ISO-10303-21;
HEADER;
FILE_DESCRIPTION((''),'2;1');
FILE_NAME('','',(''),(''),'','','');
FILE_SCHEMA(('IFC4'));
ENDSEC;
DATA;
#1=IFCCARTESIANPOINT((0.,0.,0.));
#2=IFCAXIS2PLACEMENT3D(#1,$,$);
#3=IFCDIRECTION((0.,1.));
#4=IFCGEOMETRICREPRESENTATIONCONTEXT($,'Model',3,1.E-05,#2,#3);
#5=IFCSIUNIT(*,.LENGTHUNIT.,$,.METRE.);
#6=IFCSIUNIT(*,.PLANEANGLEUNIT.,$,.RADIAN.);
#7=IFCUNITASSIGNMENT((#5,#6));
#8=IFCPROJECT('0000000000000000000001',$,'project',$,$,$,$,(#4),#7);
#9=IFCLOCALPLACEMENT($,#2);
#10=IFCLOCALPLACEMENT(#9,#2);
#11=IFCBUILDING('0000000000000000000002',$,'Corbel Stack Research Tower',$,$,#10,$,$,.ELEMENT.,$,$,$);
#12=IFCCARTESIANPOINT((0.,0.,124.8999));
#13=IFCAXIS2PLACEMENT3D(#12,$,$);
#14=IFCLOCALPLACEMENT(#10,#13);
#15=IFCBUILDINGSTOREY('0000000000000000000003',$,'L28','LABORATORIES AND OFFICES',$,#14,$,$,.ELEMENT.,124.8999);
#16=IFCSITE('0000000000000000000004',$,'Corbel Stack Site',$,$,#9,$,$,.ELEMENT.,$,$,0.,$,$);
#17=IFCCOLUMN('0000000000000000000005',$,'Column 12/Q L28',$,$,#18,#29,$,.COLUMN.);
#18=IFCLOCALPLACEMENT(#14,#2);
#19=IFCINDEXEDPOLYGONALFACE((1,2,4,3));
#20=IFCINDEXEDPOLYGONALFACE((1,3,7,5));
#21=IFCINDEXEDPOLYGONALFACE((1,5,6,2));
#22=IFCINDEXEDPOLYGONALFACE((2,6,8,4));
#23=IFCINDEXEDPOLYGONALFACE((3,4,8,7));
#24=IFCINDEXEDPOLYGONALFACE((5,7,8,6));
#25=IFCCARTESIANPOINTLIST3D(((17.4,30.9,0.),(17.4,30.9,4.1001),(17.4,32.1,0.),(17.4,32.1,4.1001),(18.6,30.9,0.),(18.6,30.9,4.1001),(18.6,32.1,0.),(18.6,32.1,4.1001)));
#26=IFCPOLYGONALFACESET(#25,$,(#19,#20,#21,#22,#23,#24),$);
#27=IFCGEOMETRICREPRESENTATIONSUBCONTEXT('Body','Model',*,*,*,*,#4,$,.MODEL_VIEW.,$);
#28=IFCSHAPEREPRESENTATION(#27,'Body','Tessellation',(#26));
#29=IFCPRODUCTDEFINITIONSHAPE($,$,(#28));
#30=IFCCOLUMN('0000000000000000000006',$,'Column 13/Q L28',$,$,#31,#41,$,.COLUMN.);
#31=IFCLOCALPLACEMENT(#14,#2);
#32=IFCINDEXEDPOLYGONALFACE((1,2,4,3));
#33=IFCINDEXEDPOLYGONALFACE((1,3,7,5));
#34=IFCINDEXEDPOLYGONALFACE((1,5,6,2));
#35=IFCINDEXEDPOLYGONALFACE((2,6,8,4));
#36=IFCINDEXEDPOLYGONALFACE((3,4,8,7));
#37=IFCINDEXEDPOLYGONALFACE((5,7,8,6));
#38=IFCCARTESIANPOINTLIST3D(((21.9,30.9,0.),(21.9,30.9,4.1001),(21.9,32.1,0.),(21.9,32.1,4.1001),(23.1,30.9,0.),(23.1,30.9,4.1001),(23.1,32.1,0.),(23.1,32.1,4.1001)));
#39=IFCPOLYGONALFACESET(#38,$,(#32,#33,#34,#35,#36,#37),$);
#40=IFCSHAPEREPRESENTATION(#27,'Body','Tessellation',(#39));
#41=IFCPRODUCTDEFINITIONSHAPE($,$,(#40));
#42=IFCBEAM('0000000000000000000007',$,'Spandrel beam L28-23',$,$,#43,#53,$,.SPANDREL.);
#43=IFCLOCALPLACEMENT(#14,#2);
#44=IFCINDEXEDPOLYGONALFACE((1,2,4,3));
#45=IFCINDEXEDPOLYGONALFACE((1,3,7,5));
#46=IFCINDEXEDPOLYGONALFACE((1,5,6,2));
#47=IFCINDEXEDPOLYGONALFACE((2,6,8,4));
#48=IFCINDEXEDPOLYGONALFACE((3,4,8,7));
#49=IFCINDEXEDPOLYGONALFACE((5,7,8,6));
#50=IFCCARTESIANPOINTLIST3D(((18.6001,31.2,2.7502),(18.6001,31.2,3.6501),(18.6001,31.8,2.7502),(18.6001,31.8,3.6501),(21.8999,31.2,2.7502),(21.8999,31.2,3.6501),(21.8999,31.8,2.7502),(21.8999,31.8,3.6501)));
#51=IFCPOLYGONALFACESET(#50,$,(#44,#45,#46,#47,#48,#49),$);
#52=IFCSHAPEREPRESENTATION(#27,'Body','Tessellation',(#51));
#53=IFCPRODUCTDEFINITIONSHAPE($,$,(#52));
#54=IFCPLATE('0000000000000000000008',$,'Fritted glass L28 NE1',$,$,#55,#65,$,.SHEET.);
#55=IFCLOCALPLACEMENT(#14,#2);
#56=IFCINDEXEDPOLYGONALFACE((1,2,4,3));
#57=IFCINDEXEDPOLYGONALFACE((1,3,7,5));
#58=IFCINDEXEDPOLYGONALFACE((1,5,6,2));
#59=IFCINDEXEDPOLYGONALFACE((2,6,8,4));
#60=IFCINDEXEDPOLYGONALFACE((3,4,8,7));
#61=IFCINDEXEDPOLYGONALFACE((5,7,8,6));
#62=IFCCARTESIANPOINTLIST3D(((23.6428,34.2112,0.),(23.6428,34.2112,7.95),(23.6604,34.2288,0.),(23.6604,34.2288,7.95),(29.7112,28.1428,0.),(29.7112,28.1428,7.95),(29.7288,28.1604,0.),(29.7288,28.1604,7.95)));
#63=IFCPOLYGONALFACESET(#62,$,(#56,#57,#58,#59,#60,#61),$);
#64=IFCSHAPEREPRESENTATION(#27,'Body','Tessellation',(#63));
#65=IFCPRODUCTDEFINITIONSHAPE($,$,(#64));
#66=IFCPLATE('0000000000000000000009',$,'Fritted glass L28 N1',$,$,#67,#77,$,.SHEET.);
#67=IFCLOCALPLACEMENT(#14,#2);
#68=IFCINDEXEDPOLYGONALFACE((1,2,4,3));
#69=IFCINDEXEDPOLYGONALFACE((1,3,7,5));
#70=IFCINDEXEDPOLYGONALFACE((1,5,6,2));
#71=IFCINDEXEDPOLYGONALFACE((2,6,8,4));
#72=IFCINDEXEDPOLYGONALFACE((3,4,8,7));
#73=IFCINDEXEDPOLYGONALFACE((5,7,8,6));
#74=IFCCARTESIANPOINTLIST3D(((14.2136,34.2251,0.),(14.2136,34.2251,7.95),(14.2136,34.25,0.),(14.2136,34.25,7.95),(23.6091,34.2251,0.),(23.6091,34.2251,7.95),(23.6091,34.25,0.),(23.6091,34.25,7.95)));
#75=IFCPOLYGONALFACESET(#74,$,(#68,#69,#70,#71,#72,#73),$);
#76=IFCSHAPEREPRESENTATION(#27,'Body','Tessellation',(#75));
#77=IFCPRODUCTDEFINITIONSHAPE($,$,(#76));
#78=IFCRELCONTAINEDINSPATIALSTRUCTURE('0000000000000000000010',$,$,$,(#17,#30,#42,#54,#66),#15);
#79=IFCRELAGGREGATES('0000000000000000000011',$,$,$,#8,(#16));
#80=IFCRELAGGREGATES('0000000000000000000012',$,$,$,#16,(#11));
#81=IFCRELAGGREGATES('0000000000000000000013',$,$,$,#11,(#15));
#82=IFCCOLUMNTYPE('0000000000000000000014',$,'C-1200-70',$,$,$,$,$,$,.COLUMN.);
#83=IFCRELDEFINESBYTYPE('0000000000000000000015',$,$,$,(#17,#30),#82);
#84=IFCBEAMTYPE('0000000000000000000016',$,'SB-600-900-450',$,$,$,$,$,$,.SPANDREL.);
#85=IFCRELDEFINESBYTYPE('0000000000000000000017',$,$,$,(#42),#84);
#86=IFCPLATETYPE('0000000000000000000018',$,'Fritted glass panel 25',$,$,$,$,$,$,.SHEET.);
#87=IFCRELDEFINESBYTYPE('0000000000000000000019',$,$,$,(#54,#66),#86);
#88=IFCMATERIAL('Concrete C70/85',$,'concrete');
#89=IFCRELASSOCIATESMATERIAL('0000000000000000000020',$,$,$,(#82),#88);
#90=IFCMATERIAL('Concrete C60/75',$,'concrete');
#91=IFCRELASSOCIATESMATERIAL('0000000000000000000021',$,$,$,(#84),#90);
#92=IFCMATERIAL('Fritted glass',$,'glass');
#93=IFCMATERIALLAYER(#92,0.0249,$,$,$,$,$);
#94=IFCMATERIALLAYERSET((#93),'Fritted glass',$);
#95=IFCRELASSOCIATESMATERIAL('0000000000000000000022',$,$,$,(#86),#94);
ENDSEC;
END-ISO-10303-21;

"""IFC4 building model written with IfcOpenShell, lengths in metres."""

from ifc_helpers import new_model, si_unit, direction, frame, origin, origin_2d, place, context, subcontext, project, spatial, rectangle, extrude, material, layer, layer_set, material_profile, profile_set, type_object, element, save


model = new_model("IFC4")

# Units and contexts
model_context = context("Model", 3, precision=1e-05, world=origin(), true_north=direction((0.0, 1.0)))
body_context = subcontext(model_context, "Body", "Model", "MODEL_VIEW")
ifc_project = project(units=[si_unit("LENGTHUNIT", "METRE"), si_unit("PLANEANGLEUNIT", "RADIAN")], contexts=[model_context])

# Site, building, storey
site_placement = place(None, origin())
site = spatial("IfcSite", under=ifc_project, at=site_placement, Name="Corbel Stack Site", CompositionType="ELEMENT", RefElevation=0.0)
building_placement = place(site_placement, origin())
building = spatial("IfcBuilding", under=site, at=building_placement, Name="Corbel Stack Research Tower", CompositionType="ELEMENT")
storey_placement = place(building_placement, frame((0.0, 0.0, 124.8999)))
storey = spatial("IfcBuildingStorey", under=building, at=storey_placement, Name="L28", Description="LABORATORIES AND OFFICES", CompositionType="ELEMENT", Elevation=124.8999)

# Columns
ifc_material_1 = material(Name="Concrete C70/85", Category="concrete")
ifc_material_profile_1 = material_profile(ifc_material_1, rectangle(XDim=1.2, YDim=1.2, at=origin_2d()), Name="RC 1200 x 1200")
ifc_profile_set_1 = profile_set([ifc_material_profile_1], Name="Concrete C70/85")
column_type = type_object("IfcColumnType", Name="C-1200-70", PredefinedType="COLUMN", material=ifc_profile_set_1)
for number, where, z_axis, x_axis, name in (
    (1, (18.0, 31.5, 0.0), (0.0, 0.0, 1.0), (1.0, 0.0, 0.0), "Column 12/Q L28"),
    (2, (22.5, 31.5, 0.0), (0.0, 0.0, 1.0), (1.0, 0.0, 0.0), "Column 13/Q L28"),
):
    element("IfcColumn", number, at=place(storey_placement, frame(where, z_axis=z_axis, x_axis=x_axis)), inside=storey, type_object=column_type, Name=name, PredefinedType="COLUMN", context=body_context, shape_type="SweptSolid", body=[
        extrude(rectangle(XDim=1.2, YDim=1.2, at=origin_2d()), origin(), (0.0, 0.0, 1.0), 4.1001),
    ])

# Beam
ifc_material_2 = material(Name="Concrete C60/75", Category="concrete")
ifc_material_profile_2 = material_profile(ifc_material_2, rectangle(XDim=0.6001, YDim=0.8999, at=origin_2d()), Name="RC 600 x 900")
ifc_profile_set_2 = profile_set([ifc_material_profile_2], Name="Concrete C60/75")
beam_type = type_object("IfcBeamType", Name="SB-600-900-450", PredefinedType="SPANDREL", material=ifc_profile_set_2)
beam_placement = place(storey_placement, frame((21.8999, 31.5, 3.2002), z_axis=(-1.0, 0.0, 0.0), x_axis=(0.0, -1.0, 0.0)))
element("IfcBeam", 3, at=beam_placement, inside=storey, type_object=beam_type, Name="Spandrel beam L28-23", PredefinedType="SPANDREL", context=body_context, shape_type="SweptSolid", body=[
    extrude(rectangle(XDim=0.6001, YDim=0.8999, at=origin_2d()), origin(), (0.0, 0.0, 1.0), 3.2998),
])

# Plates
ifc_material_3 = material(Name="Fritted glass", Category="glass")
ifc_layer_1 = layer(ifc_material_3, 0.0249)
ifc_layer_set_1 = layer_set([ifc_layer_1], Name="Fritted glass")
plate_type = type_object("IfcPlateType", Name="Fritted glass panel 25", PredefinedType="SHEET", material=ifc_layer_set_1)
plate_1_placement = place(storey_placement, frame((26.6858, 31.1858, 0.0), z_axis=(0.0, 0.0, 1.0), x_axis=(-0.707107, 0.707107, 0.0)))
element("IfcPlate", 4, at=plate_1_placement, inside=storey, type_object=plate_type, Name="Fritted glass L28 NE1", PredefinedType="SHEET", context=body_context, shape_type="SweptSolid", body=[
    extrude(rectangle(XDim=8.582, YDim=0.0249, at=origin_2d()), origin(), (0.0, 0.0, 1.0), 7.95),
])
plate_2_placement = place(storey_placement, frame((18.9114, 34.2375, 0.0), z_axis=(0.0, 0.0, 1.0), x_axis=(-1.0, 0.0, 0.0)))
element("IfcPlate", 5, at=plate_2_placement, inside=storey, type_object=plate_type, Name="Fritted glass L28 N1", PredefinedType="SHEET", context=body_context, shape_type="SweptSolid", body=[
    extrude(rectangle(XDim=9.3955, YDim=0.0249, at=origin_2d()), origin(), (0.0, 0.0, 1.0), 7.95),
])

save(model, "model.ifc")
